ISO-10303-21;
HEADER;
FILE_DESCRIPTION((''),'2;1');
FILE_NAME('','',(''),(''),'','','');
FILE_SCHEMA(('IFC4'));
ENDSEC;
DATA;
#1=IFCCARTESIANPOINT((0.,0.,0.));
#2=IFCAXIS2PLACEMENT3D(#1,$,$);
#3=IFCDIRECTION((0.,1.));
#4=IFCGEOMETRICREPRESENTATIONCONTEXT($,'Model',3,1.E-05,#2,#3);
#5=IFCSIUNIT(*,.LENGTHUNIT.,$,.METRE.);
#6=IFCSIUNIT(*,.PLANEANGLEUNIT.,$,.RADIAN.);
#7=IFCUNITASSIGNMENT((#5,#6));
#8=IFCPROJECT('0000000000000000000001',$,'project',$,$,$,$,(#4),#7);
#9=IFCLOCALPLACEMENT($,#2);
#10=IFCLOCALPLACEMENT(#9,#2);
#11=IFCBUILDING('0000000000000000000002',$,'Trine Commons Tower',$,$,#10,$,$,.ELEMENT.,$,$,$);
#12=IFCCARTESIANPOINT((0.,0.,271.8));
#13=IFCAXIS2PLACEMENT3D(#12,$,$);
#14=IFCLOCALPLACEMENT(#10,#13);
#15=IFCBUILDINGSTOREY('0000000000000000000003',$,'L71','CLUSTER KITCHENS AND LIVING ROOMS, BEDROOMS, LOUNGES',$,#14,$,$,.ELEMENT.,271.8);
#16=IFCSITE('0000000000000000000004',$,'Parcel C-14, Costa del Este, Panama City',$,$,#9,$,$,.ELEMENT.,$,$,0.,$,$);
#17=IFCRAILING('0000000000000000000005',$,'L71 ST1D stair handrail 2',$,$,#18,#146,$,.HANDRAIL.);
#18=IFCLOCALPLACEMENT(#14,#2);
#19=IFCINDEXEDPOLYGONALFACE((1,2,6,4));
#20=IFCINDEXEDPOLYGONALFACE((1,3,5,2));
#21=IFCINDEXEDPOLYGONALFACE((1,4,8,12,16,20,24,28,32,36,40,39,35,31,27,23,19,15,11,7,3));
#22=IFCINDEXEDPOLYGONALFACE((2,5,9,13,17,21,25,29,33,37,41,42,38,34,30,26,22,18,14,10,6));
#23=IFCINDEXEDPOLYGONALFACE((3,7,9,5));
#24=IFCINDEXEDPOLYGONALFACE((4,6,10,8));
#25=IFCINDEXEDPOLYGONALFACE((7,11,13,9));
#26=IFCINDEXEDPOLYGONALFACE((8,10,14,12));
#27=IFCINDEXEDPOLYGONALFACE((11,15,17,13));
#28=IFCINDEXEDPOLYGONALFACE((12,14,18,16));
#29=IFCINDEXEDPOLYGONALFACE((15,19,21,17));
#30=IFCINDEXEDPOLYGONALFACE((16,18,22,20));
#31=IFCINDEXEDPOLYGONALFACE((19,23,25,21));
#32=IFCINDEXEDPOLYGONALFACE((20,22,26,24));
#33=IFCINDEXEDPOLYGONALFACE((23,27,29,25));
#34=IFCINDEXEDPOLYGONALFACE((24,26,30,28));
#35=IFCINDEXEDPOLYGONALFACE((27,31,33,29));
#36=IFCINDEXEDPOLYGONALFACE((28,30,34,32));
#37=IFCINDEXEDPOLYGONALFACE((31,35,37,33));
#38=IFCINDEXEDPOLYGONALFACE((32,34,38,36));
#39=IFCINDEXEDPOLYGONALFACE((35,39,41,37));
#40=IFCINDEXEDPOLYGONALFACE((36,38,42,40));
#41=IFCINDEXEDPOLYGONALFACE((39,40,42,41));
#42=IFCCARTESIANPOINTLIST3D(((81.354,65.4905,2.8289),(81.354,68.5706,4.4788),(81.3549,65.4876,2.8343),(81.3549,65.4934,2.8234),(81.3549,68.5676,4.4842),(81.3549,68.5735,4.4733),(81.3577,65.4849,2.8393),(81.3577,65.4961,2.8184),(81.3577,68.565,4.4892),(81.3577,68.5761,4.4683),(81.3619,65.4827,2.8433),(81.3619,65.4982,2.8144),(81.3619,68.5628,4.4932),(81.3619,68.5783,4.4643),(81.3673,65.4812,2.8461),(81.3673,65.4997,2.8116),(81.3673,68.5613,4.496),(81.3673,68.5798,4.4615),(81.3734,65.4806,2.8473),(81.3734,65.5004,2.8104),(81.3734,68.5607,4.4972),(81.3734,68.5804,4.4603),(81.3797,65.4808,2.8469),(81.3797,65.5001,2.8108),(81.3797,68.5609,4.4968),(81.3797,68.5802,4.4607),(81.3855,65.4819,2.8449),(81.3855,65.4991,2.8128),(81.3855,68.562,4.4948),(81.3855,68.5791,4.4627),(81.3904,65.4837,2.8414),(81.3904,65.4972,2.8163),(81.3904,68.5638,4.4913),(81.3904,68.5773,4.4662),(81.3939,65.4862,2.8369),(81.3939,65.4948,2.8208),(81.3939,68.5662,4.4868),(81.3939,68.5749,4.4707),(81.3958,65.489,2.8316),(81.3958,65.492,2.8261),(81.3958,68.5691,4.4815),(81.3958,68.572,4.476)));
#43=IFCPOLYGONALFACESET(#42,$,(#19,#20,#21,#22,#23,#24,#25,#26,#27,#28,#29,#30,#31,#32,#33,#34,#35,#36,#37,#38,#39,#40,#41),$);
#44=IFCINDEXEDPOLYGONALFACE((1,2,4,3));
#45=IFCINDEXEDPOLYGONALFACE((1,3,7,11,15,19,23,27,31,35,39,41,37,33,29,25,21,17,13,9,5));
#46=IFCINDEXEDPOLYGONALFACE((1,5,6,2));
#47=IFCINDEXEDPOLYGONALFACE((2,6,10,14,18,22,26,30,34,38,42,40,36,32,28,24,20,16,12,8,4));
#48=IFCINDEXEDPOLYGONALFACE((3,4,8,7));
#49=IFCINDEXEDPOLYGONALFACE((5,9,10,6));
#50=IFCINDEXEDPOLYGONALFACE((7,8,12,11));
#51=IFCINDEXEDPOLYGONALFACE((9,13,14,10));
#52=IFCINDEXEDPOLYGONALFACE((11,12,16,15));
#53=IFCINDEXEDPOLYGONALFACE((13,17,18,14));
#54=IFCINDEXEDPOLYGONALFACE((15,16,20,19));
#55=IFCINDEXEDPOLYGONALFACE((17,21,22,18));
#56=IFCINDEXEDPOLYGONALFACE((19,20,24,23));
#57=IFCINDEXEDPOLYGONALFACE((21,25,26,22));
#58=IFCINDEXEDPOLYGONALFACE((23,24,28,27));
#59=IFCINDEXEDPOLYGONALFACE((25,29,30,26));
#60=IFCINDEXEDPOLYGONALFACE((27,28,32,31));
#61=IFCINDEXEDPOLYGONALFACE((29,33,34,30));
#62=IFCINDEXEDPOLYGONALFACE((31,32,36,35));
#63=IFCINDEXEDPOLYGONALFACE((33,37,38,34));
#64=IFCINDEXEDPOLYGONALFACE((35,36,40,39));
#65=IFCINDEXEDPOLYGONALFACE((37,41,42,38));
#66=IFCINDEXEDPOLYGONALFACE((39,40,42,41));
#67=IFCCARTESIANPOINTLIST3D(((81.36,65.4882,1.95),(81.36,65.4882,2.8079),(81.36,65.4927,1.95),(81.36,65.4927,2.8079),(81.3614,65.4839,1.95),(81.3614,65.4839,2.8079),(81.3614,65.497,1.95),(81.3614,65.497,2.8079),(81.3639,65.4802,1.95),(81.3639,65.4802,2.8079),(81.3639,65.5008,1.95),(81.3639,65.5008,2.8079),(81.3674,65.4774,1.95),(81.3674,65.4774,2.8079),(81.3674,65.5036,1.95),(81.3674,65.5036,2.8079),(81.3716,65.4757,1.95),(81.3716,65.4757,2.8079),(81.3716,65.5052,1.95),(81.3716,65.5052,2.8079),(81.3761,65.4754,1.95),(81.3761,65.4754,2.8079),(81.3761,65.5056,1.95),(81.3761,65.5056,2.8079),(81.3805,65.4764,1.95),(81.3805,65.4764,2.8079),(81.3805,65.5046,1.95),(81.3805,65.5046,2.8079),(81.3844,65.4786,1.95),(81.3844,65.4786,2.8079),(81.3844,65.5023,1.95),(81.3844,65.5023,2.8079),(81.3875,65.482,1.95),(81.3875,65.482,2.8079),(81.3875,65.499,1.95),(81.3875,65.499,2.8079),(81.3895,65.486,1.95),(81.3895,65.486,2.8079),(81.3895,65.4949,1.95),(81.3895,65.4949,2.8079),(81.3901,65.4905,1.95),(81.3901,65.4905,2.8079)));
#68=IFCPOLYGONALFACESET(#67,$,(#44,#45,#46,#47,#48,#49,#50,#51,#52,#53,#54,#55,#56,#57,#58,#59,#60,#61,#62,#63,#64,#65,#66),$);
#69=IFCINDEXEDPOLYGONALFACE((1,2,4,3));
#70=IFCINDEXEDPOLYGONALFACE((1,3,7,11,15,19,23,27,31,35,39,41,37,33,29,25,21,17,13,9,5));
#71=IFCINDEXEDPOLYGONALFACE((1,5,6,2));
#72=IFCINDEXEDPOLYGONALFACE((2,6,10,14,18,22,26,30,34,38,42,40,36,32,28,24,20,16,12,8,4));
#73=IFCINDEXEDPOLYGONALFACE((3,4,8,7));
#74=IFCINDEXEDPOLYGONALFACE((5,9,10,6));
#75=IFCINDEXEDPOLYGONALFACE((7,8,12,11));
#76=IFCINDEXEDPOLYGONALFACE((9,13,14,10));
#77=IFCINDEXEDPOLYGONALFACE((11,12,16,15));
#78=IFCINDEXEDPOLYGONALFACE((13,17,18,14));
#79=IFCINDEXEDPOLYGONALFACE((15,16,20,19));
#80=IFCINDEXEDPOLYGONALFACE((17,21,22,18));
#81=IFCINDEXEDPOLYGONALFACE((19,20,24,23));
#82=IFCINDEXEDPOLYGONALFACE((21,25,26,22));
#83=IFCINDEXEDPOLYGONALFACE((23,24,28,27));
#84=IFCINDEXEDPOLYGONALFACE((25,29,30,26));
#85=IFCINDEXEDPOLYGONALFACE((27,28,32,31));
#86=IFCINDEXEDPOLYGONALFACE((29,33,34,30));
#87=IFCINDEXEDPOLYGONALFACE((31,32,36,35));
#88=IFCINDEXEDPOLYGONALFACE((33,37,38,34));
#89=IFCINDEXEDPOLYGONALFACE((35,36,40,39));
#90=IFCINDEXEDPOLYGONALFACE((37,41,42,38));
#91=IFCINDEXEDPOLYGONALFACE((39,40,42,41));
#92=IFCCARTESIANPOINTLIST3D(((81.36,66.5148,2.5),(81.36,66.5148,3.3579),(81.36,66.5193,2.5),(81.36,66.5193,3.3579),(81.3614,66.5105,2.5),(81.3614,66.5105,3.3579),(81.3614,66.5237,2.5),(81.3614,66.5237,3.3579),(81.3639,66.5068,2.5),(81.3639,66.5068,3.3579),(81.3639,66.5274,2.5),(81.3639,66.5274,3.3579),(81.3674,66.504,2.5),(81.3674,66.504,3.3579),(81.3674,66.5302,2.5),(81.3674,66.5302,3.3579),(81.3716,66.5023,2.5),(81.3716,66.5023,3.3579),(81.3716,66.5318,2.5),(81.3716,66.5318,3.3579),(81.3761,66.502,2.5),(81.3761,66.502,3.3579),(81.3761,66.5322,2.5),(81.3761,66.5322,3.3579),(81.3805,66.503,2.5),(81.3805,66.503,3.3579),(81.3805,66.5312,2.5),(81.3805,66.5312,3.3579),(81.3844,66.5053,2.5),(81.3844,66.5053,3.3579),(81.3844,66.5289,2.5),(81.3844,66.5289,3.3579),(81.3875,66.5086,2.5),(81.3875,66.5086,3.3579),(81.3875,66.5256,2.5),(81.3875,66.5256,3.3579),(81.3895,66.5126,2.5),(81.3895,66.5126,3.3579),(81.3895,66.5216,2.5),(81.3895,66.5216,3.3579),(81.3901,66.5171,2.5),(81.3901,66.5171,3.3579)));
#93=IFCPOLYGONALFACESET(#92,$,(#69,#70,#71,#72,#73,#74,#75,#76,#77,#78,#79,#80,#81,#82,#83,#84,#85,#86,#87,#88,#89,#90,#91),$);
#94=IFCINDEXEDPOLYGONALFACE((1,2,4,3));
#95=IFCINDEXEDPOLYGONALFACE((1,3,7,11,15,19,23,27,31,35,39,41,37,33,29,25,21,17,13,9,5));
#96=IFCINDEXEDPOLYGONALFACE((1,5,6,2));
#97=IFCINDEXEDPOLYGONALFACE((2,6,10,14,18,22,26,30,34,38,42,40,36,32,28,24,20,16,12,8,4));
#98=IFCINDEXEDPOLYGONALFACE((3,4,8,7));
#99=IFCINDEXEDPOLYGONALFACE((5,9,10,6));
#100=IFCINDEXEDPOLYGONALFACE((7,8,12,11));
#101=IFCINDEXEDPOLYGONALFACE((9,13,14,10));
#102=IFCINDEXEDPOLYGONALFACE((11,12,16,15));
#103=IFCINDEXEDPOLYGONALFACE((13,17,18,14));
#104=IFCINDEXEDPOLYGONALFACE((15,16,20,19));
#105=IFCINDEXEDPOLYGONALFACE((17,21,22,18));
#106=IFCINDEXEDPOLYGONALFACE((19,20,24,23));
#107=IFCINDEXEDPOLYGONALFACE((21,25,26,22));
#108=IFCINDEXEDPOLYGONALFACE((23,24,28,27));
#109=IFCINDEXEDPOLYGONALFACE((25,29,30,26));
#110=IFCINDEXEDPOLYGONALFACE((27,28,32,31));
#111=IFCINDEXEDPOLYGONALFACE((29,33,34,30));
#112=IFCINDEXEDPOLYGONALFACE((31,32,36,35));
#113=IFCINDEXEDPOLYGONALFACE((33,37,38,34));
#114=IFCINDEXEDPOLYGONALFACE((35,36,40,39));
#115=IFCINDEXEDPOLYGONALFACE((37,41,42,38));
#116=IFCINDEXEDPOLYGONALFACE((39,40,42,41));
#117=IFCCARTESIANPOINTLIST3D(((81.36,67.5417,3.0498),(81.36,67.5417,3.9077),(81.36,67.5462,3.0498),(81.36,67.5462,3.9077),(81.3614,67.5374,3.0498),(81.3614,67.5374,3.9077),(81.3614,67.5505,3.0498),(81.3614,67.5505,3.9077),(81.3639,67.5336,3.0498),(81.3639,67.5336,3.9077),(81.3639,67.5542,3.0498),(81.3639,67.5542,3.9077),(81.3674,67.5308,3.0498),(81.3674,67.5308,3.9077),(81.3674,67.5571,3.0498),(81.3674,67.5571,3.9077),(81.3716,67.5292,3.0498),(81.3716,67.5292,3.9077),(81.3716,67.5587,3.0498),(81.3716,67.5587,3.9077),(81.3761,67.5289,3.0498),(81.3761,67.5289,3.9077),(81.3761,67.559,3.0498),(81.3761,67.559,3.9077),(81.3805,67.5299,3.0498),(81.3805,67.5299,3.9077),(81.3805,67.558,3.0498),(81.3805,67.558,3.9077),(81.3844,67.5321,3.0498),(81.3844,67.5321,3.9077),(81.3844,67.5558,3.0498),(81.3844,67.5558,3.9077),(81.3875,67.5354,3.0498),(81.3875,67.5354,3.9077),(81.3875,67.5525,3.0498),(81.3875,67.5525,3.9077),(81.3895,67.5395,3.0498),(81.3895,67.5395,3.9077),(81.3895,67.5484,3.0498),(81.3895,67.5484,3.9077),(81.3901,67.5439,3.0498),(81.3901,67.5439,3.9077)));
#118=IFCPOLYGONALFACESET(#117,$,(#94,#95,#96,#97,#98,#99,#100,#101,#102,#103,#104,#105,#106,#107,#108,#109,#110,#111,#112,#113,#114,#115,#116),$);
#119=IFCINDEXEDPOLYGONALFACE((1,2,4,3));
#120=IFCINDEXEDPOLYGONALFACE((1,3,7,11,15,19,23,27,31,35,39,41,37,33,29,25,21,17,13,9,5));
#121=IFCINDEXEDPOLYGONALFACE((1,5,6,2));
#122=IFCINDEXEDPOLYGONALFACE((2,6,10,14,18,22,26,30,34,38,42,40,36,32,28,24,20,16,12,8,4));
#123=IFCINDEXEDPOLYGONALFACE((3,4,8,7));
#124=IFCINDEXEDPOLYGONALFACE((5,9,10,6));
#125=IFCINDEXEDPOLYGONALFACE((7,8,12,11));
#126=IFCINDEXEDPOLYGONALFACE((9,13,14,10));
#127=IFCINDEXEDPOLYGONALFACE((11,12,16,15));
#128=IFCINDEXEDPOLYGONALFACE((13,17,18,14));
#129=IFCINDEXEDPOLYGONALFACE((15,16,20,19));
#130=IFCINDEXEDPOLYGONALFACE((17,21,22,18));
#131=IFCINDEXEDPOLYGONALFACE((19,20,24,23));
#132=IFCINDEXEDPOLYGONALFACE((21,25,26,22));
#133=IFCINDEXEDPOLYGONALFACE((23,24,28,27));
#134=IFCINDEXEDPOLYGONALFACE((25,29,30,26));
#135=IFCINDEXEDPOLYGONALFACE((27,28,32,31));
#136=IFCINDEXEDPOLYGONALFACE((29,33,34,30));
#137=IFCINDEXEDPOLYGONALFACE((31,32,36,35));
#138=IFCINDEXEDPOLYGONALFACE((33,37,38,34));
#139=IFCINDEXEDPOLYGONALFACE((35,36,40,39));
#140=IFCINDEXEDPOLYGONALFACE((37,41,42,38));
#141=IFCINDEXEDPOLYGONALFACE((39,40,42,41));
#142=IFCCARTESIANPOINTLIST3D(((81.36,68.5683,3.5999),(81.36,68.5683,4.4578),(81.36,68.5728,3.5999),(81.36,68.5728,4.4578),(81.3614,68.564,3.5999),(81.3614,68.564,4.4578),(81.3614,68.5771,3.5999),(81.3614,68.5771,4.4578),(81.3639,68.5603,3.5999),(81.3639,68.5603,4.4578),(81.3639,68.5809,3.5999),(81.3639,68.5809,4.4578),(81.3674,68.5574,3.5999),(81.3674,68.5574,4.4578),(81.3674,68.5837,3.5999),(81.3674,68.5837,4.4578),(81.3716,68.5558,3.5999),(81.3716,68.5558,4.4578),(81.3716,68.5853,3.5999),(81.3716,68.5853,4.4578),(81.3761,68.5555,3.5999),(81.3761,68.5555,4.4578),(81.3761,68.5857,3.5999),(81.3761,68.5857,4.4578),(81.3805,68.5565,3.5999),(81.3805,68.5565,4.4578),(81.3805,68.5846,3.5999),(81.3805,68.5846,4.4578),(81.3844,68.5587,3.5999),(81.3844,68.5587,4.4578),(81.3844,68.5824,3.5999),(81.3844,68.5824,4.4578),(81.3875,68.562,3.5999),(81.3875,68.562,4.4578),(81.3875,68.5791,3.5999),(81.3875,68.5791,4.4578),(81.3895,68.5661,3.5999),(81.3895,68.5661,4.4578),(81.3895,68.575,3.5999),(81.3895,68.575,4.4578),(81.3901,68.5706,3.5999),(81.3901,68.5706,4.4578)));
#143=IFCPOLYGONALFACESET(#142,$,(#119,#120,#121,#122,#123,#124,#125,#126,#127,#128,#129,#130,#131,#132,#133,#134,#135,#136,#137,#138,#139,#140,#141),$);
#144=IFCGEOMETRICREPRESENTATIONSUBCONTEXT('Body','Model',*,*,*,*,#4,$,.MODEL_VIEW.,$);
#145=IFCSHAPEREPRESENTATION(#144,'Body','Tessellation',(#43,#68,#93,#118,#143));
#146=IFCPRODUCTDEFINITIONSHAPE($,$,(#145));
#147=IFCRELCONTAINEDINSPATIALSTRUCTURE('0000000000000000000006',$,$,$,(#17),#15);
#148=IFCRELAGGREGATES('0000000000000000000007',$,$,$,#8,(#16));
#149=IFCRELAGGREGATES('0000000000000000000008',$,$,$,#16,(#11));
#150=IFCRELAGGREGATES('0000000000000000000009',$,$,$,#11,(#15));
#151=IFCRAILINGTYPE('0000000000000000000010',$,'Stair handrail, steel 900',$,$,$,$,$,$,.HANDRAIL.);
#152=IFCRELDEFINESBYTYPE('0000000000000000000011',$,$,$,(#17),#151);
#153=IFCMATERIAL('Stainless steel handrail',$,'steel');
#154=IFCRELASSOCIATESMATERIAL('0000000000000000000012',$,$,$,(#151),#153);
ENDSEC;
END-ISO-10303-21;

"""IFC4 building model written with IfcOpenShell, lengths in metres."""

from ifc_helpers import new_model, si_unit, direction, frame, origin, origin_2d, place, context, subcontext, project, spatial, circle, extrude, material, type_object, element, save


model = new_model("IFC4")

# Units and contexts
model_context = context("Model", 3, precision=1e-05, world=origin(), true_north=direction((0.0, 1.0)))
body_context = subcontext(model_context, "Body", "Model", "MODEL_VIEW")
ifc_project = project(units=[si_unit("LENGTHUNIT", "METRE"), si_unit("PLANEANGLEUNIT", "RADIAN")], contexts=[model_context])

# Site, building, storey
site_placement = place(None, origin())
site = spatial("IfcSite", under=ifc_project, at=site_placement, Name="Parcel C-14, Costa del Este, Panama City", CompositionType="ELEMENT", RefElevation=0.0)
building_placement = place(site_placement, origin())
building = spatial("IfcBuilding", under=site, at=building_placement, Name="Trine Commons Tower", CompositionType="ELEMENT")
storey_placement = place(building_placement, frame((0.0, 0.0, 271.8)))
storey = spatial("IfcBuildingStorey", under=building, at=storey_placement, Name="L71", Description="CLUSTER KITCHENS AND LIVING ROOMS, BEDROOMS, LOUNGES", CompositionType="ELEMENT", Elevation=271.8)

# Railing
ifc_material_1 = material(Name="Stainless steel handrail", Category="steel")
railing_type_1 = type_object("IfcRailingType", Name="Stair handrail, steel 900", PredefinedType="HANDRAIL", material=ifc_material_1)
railing_1_placement = place(storey_placement, frame((81.375, 65.4905, 1.95)))
element("IfcRailing", 1, at=railing_1_placement, inside=storey, type_object=railing_type_1, Name="L71 ST1D stair handrail 2", PredefinedType="HANDRAIL", context=body_context, shape_type="SweptSolid", body=[
    extrude(circle(Radius=0.021, at=origin_2d()), frame((0.0, 0.0, 0.8789), z_axis=(0.0, 0.881497, 0.47219), x_axis=(-1.0, 0.0, 0.0)), (0.0, 0.0, 1.0), 3.4941),
    extrude(circle(Radius=0.0151, at=origin_2d()), origin(), (0.0, 0.0, 1.0), 0.8579),
    extrude(circle(Radius=0.0151, at=origin_2d()), frame((0.0, 1.0266, 0.55)), (0.0, 0.0, 1.0), 0.8579),
    extrude(circle(Radius=0.0151, at=origin_2d()), frame((0.0, 2.0535, 1.0999)), (0.0, 0.0, 1.0), 0.8579),
    extrude(circle(Radius=0.0151, at=origin_2d()), frame((0.0, 3.0801, 1.6499)), (0.0, 0.0, 1.0), 0.8579),
])

save(model, "model.ifc")
